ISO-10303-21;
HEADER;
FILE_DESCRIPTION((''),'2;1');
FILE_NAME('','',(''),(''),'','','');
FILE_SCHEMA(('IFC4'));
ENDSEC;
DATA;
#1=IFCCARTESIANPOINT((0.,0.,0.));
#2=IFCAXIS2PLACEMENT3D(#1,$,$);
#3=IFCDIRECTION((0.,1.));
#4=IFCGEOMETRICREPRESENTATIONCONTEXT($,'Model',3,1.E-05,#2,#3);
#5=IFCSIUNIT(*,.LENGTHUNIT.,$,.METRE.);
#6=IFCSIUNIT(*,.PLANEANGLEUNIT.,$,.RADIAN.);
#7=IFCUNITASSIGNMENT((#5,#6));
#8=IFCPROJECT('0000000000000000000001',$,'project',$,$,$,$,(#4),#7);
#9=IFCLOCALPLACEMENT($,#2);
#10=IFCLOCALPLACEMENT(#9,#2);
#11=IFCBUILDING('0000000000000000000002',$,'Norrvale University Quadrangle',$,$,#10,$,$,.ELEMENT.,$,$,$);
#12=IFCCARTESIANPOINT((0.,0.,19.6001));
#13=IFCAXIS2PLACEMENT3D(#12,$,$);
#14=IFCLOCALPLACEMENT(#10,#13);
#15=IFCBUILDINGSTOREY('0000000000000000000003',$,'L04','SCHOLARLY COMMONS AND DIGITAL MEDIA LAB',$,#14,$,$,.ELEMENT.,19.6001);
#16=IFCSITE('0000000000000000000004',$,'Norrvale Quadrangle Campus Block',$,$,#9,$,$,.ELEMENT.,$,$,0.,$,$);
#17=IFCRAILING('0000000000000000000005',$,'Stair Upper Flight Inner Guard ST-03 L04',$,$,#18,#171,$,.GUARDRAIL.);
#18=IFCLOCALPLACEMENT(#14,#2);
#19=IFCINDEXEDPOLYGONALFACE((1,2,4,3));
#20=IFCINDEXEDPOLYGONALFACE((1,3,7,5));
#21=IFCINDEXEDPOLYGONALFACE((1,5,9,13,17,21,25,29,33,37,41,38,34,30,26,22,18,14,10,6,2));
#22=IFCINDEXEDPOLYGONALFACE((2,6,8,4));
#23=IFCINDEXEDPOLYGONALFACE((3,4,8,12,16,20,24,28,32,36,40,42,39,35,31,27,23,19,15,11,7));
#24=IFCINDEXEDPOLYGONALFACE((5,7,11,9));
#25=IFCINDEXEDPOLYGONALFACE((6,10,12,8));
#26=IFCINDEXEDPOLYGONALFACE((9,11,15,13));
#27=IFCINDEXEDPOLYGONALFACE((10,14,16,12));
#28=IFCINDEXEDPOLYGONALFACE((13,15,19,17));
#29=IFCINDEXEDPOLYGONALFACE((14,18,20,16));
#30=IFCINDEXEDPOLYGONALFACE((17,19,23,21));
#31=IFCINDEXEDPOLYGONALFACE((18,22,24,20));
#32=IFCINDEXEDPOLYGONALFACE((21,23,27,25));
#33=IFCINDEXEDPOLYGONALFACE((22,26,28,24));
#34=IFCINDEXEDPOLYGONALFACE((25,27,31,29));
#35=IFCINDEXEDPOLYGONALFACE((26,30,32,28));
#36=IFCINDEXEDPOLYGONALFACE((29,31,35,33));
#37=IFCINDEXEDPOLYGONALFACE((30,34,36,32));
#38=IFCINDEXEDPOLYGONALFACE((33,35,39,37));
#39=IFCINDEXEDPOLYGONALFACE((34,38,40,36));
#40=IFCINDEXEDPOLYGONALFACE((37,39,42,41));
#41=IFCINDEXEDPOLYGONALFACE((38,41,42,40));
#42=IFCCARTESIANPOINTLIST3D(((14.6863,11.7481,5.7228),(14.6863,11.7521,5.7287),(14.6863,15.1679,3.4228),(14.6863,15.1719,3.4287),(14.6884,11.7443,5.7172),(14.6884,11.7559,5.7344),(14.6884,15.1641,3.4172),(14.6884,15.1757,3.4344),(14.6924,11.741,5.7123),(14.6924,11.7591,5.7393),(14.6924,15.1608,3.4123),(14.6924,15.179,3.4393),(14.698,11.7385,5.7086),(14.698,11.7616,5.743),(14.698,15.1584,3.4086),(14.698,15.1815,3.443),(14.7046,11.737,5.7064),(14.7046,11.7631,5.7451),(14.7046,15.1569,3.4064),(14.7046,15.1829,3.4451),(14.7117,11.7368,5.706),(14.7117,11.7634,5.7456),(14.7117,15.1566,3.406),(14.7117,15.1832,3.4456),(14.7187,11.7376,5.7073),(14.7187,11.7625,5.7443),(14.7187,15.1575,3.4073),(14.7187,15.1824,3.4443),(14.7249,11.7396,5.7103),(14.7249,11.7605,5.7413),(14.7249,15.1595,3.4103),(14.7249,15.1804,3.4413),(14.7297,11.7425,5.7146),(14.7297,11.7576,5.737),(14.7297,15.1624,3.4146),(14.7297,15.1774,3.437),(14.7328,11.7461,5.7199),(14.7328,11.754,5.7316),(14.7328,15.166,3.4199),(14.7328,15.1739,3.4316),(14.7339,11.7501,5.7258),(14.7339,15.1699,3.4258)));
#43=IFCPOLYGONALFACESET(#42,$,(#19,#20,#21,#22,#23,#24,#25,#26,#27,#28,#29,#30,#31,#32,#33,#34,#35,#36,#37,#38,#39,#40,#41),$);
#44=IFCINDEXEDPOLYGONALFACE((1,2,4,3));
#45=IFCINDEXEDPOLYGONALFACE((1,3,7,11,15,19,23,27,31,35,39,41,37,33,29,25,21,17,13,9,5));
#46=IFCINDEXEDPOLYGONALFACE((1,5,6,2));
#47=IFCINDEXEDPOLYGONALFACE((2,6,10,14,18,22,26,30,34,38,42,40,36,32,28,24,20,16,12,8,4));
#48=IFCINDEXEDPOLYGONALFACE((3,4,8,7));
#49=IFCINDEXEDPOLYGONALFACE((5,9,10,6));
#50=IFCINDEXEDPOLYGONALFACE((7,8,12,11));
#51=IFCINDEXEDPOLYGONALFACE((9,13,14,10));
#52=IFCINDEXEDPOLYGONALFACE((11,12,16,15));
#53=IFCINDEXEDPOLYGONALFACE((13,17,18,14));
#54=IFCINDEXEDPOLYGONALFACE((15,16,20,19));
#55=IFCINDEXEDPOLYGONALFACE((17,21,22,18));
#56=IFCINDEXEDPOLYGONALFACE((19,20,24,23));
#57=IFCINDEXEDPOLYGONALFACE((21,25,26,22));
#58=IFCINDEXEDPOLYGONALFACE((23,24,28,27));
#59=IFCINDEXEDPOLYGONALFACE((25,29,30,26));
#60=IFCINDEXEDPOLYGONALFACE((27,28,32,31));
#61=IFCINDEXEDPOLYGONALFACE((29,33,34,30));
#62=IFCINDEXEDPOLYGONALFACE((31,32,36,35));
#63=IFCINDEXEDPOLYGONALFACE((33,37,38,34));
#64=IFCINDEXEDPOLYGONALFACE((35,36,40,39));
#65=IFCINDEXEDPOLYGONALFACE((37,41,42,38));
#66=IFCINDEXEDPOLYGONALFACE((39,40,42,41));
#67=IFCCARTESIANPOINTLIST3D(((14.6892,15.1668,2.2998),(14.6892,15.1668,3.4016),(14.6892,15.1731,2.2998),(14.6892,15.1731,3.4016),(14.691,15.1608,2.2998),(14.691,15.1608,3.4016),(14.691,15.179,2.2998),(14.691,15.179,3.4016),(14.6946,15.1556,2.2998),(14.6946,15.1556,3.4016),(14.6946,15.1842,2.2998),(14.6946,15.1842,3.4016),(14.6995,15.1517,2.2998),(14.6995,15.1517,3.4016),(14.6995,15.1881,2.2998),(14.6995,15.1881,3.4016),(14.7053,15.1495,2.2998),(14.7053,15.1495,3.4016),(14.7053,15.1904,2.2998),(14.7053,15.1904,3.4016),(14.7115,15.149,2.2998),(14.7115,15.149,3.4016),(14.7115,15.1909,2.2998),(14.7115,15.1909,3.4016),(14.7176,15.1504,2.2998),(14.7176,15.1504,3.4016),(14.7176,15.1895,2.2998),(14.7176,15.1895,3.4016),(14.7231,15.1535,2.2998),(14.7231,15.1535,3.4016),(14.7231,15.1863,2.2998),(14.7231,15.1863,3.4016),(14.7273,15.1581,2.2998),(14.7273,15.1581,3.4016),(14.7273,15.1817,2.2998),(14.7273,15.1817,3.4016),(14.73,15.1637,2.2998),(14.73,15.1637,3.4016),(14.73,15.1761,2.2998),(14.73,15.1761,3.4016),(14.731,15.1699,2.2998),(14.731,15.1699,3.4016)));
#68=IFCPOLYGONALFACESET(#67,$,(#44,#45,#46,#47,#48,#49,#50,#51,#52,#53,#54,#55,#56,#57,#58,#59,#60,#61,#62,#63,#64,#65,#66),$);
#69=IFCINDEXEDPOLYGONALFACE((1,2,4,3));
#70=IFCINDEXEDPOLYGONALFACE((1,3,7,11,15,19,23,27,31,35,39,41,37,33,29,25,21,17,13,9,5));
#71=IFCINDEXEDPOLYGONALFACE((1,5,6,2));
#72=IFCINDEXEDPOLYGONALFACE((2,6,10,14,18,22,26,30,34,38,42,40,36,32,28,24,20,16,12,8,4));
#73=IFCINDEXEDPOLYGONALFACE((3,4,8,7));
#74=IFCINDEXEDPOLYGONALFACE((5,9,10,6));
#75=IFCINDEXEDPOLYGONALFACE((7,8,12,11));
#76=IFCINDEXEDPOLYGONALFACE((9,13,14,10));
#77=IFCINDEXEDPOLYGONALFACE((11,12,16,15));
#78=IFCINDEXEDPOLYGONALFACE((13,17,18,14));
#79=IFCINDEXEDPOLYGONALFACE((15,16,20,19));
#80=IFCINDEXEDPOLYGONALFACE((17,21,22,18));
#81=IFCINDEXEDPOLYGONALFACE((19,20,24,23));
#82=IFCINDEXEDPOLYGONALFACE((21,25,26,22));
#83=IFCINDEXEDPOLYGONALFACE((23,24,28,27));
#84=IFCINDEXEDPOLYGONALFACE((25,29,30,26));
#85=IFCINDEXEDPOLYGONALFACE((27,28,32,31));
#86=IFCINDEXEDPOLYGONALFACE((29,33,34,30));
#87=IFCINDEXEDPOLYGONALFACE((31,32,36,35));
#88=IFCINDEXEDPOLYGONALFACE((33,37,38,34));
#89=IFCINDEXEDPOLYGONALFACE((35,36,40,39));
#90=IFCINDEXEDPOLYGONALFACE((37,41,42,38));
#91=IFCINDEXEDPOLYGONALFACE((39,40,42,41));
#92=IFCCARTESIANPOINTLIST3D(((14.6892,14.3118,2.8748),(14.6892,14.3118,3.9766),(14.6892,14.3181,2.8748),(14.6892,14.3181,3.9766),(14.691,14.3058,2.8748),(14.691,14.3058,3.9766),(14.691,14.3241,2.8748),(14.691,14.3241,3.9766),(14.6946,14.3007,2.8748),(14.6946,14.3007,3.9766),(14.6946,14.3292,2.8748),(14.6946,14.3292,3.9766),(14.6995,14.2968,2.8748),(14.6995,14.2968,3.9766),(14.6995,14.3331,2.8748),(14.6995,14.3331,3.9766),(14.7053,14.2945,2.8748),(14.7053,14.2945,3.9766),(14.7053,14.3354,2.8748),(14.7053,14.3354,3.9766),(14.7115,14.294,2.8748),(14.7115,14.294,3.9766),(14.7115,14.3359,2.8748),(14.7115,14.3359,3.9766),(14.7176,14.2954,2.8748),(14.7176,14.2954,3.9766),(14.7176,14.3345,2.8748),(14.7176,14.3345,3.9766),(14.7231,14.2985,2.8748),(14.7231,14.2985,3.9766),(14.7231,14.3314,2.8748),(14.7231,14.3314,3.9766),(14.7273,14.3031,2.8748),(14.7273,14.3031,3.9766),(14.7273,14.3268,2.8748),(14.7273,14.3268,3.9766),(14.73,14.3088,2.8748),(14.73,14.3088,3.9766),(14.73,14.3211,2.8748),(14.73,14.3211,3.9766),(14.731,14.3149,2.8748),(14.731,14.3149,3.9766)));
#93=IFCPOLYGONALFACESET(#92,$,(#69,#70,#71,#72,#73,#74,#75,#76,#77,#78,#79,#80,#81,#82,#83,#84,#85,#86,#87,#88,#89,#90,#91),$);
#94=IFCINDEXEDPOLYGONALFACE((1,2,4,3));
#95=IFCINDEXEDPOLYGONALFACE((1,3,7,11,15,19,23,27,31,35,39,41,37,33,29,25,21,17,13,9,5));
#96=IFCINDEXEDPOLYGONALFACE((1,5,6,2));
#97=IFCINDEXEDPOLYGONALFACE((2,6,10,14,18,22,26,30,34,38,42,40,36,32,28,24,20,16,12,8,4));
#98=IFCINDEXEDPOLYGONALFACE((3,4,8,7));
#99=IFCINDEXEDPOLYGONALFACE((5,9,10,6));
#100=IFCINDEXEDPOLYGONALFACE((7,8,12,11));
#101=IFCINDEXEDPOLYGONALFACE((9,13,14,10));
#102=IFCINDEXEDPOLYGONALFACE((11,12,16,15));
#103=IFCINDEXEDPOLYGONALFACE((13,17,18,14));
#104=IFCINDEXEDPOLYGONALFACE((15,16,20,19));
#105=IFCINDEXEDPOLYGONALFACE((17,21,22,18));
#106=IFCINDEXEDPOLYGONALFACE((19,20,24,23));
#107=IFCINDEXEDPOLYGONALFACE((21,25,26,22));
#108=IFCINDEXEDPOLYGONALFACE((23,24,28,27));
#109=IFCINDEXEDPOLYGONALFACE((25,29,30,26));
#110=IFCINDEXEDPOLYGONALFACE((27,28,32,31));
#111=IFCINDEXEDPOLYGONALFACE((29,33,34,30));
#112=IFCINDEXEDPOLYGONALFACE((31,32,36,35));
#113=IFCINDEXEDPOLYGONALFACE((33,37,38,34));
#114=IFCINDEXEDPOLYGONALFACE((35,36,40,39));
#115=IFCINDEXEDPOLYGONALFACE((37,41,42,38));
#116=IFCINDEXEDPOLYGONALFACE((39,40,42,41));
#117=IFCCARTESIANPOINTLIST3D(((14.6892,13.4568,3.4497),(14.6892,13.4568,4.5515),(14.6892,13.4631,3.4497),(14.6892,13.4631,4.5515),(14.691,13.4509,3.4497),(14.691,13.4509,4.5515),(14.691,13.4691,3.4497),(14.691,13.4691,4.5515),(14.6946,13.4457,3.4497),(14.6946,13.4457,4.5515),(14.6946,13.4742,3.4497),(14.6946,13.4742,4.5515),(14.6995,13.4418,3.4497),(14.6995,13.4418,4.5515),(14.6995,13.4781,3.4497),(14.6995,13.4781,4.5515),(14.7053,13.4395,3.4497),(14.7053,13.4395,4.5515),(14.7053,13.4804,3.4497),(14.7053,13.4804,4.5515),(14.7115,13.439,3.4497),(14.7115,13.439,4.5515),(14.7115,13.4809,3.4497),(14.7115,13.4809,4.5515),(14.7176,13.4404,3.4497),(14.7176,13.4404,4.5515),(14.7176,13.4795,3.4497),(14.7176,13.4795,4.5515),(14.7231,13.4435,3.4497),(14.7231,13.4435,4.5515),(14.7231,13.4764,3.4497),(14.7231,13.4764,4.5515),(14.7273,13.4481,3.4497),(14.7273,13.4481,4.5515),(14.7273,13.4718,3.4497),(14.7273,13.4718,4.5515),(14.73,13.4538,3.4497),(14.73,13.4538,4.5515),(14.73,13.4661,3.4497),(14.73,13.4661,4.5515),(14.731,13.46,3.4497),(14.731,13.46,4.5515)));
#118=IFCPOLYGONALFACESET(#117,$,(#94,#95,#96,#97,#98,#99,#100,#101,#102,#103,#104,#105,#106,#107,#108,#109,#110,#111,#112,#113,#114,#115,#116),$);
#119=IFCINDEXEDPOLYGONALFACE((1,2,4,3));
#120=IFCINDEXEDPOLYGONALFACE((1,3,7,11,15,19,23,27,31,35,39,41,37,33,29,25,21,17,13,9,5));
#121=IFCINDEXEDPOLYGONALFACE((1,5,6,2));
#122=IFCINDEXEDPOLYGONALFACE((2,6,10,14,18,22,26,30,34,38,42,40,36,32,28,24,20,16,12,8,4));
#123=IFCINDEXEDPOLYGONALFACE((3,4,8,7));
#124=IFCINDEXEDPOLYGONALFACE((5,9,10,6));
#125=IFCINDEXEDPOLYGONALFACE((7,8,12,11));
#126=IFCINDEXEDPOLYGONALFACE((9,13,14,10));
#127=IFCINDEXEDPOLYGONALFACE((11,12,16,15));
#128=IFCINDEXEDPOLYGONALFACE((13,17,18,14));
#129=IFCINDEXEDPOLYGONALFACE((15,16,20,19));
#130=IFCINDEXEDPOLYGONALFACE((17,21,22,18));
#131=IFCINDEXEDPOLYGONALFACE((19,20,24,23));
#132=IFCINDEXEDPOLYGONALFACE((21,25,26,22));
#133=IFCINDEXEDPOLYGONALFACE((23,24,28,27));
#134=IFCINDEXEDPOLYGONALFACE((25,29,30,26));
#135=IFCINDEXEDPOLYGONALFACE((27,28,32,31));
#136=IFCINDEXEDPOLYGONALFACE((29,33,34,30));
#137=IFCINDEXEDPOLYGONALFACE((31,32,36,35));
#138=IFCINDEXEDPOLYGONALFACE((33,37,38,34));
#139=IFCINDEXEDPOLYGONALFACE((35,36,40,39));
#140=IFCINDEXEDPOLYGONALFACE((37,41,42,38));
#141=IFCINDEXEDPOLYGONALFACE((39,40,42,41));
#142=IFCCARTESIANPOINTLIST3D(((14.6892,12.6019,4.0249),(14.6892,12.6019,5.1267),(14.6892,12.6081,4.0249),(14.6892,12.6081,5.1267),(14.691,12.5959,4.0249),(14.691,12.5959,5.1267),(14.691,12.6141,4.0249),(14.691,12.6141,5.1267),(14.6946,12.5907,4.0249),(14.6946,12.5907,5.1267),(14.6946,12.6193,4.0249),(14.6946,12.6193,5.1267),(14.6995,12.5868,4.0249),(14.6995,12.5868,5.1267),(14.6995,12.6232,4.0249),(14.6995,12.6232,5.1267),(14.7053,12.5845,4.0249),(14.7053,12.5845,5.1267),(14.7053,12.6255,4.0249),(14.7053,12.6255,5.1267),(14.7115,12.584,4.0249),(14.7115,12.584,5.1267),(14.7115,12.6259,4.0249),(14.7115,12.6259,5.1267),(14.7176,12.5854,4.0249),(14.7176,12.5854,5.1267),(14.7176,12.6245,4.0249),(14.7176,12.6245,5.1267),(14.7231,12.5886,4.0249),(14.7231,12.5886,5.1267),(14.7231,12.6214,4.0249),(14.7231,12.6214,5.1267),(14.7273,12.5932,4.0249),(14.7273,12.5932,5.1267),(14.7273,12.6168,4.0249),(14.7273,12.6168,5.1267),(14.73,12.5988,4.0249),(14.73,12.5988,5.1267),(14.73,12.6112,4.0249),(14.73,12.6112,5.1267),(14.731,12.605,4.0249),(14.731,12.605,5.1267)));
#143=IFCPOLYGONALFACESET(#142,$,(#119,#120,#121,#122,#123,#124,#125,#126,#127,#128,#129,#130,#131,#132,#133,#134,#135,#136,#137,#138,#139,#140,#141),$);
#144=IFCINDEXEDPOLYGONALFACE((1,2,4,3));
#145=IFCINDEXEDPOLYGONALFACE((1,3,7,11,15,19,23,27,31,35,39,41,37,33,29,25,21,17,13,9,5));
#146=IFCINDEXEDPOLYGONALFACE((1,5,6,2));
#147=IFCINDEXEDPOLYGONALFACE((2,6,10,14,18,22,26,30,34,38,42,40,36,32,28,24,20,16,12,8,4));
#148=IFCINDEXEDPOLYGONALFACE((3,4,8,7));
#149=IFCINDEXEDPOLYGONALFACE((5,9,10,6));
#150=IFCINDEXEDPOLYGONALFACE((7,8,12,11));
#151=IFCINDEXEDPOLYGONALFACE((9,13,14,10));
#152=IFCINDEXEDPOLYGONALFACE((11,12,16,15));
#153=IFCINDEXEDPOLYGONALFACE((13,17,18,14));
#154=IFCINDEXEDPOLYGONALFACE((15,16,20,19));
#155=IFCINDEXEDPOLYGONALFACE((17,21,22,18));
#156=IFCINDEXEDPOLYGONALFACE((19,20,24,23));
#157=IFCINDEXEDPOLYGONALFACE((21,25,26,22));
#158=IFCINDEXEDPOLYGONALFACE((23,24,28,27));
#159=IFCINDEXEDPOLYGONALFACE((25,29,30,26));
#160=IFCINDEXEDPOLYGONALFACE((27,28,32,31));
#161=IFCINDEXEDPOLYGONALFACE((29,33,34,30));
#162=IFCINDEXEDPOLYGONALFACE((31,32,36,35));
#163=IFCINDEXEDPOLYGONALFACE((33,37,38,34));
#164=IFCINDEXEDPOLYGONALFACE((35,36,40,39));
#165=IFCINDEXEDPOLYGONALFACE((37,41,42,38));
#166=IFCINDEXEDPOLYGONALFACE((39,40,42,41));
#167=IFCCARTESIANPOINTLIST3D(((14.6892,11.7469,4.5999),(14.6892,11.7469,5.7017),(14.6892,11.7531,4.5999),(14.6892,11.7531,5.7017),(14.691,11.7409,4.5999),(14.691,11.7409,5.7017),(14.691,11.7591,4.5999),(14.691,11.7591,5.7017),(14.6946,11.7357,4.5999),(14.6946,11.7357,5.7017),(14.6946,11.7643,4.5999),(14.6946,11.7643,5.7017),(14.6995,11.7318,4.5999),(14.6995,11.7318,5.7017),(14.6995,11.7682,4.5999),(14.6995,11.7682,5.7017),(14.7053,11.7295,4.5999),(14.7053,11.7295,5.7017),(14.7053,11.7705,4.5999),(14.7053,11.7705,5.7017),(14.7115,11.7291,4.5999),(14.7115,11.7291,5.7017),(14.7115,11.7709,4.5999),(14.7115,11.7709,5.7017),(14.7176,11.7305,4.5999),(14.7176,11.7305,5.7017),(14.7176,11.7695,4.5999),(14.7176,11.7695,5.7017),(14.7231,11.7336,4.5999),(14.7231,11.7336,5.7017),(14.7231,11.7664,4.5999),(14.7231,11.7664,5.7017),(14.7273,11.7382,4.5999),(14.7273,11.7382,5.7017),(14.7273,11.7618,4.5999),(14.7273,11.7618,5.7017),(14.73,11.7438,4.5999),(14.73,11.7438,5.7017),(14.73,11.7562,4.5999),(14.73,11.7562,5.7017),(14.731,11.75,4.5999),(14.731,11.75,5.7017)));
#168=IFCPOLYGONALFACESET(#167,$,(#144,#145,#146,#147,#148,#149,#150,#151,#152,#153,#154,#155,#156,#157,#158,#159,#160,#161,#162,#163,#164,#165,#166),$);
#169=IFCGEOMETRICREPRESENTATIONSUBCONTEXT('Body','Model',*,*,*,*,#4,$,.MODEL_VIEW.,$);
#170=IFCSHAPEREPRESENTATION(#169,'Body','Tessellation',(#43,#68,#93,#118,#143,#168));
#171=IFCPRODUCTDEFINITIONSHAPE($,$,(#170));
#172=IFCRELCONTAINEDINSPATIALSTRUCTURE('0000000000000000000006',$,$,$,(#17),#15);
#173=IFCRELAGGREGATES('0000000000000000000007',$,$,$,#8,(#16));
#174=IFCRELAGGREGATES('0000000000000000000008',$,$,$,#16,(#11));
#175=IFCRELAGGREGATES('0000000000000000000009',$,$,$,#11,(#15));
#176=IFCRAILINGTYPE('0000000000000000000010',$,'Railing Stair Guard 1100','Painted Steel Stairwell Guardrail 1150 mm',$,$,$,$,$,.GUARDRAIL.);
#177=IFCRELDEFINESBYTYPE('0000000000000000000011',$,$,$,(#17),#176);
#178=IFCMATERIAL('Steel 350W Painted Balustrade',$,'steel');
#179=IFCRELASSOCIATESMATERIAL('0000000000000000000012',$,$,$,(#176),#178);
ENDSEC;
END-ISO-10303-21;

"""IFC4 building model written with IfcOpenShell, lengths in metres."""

from ifc_helpers import new_model, si_unit, direction, frame, origin, origin_2d, place, context, subcontext, project, spatial, circle, extrude, material, type_object, element, save


model = new_model("IFC4")

# Units and contexts
model_context = context("Model", 3, precision=1e-05, world=origin(), true_north=direction((0.0, 1.0)))
body_context = subcontext(model_context, "Body", "Model", "MODEL_VIEW")
ifc_project = project(units=[si_unit("LENGTHUNIT", "METRE"), si_unit("PLANEANGLEUNIT", "RADIAN")], contexts=[model_context])

# Site, building, storey
site_placement = place(None, origin())
site = spatial("IfcSite", under=ifc_project, at=site_placement, Name="Norrvale Quadrangle Campus Block", CompositionType="ELEMENT", RefElevation=0.0)
building_placement = place(site_placement, origin())
building = spatial("IfcBuilding", under=site, at=building_placement, Name="Norrvale University Quadrangle", CompositionType="ELEMENT")
storey_placement = place(building_placement, frame((0.0, 0.0, 19.6001)))
storey = spatial("IfcBuildingStorey", under=building, at=storey_placement, Name="L04", Description="SCHOLARLY COMMONS AND DIGITAL MEDIA LAB", CompositionType="ELEMENT", Elevation=19.6001)

# Railing
ifc_material_1 = material(Name="Steel 350W Painted Balustrade", Category="steel")
railing_type_1 = type_object("IfcRailingType", Name="Railing Stair Guard 1100", Description="Painted Steel Stairwell Guardrail 1150 mm", PredefinedType="GUARDRAIL", material=ifc_material_1)
railing_1_placement = place(storey_placement, frame((14.71, 15.1699, 2.2998)))
element("IfcRailing", 1, at=railing_1_placement, inside=storey, type_object=railing_type_1, Name="Stair Upper Flight Inner Guard ST-03 L04", PredefinedType="GUARDRAIL", context=body_context, shape_type="SweptSolid", body=[
    extrude(circle(Radius=0.0239, at=origin_2d()), frame((0.0, 0.0, 1.126), z_axis=(0.0, -0.829792, 0.558072), x_axis=(1.0, 0.0, 0.0)), (0.0, 0.0, 1.0), 4.1213),
    extrude(circle(Radius=0.021, at=origin_2d()), origin(), (0.0, 0.0, 1.0), 1.1018),
    extrude(circle(Radius=0.021, at=origin_2d()), frame((0.0, -0.855, 0.575)), (0.0, 0.0, 1.0), 1.1018),
    extrude(circle(Radius=0.021, at=origin_2d()), frame((0.0, -1.71, 1.1499)), (0.0, 0.0, 1.0), 1.1018),
    extrude(circle(Radius=0.021, at=origin_2d()), frame((0.0, -2.5649, 1.7251)), (0.0, 0.0, 1.0), 1.1018),
    extrude(circle(Radius=0.021, at=origin_2d()), frame((0.0, -3.4199, 2.3)), (0.0, 0.0, 1.0), 1.1018),
])

save(model, "model.ifc")
